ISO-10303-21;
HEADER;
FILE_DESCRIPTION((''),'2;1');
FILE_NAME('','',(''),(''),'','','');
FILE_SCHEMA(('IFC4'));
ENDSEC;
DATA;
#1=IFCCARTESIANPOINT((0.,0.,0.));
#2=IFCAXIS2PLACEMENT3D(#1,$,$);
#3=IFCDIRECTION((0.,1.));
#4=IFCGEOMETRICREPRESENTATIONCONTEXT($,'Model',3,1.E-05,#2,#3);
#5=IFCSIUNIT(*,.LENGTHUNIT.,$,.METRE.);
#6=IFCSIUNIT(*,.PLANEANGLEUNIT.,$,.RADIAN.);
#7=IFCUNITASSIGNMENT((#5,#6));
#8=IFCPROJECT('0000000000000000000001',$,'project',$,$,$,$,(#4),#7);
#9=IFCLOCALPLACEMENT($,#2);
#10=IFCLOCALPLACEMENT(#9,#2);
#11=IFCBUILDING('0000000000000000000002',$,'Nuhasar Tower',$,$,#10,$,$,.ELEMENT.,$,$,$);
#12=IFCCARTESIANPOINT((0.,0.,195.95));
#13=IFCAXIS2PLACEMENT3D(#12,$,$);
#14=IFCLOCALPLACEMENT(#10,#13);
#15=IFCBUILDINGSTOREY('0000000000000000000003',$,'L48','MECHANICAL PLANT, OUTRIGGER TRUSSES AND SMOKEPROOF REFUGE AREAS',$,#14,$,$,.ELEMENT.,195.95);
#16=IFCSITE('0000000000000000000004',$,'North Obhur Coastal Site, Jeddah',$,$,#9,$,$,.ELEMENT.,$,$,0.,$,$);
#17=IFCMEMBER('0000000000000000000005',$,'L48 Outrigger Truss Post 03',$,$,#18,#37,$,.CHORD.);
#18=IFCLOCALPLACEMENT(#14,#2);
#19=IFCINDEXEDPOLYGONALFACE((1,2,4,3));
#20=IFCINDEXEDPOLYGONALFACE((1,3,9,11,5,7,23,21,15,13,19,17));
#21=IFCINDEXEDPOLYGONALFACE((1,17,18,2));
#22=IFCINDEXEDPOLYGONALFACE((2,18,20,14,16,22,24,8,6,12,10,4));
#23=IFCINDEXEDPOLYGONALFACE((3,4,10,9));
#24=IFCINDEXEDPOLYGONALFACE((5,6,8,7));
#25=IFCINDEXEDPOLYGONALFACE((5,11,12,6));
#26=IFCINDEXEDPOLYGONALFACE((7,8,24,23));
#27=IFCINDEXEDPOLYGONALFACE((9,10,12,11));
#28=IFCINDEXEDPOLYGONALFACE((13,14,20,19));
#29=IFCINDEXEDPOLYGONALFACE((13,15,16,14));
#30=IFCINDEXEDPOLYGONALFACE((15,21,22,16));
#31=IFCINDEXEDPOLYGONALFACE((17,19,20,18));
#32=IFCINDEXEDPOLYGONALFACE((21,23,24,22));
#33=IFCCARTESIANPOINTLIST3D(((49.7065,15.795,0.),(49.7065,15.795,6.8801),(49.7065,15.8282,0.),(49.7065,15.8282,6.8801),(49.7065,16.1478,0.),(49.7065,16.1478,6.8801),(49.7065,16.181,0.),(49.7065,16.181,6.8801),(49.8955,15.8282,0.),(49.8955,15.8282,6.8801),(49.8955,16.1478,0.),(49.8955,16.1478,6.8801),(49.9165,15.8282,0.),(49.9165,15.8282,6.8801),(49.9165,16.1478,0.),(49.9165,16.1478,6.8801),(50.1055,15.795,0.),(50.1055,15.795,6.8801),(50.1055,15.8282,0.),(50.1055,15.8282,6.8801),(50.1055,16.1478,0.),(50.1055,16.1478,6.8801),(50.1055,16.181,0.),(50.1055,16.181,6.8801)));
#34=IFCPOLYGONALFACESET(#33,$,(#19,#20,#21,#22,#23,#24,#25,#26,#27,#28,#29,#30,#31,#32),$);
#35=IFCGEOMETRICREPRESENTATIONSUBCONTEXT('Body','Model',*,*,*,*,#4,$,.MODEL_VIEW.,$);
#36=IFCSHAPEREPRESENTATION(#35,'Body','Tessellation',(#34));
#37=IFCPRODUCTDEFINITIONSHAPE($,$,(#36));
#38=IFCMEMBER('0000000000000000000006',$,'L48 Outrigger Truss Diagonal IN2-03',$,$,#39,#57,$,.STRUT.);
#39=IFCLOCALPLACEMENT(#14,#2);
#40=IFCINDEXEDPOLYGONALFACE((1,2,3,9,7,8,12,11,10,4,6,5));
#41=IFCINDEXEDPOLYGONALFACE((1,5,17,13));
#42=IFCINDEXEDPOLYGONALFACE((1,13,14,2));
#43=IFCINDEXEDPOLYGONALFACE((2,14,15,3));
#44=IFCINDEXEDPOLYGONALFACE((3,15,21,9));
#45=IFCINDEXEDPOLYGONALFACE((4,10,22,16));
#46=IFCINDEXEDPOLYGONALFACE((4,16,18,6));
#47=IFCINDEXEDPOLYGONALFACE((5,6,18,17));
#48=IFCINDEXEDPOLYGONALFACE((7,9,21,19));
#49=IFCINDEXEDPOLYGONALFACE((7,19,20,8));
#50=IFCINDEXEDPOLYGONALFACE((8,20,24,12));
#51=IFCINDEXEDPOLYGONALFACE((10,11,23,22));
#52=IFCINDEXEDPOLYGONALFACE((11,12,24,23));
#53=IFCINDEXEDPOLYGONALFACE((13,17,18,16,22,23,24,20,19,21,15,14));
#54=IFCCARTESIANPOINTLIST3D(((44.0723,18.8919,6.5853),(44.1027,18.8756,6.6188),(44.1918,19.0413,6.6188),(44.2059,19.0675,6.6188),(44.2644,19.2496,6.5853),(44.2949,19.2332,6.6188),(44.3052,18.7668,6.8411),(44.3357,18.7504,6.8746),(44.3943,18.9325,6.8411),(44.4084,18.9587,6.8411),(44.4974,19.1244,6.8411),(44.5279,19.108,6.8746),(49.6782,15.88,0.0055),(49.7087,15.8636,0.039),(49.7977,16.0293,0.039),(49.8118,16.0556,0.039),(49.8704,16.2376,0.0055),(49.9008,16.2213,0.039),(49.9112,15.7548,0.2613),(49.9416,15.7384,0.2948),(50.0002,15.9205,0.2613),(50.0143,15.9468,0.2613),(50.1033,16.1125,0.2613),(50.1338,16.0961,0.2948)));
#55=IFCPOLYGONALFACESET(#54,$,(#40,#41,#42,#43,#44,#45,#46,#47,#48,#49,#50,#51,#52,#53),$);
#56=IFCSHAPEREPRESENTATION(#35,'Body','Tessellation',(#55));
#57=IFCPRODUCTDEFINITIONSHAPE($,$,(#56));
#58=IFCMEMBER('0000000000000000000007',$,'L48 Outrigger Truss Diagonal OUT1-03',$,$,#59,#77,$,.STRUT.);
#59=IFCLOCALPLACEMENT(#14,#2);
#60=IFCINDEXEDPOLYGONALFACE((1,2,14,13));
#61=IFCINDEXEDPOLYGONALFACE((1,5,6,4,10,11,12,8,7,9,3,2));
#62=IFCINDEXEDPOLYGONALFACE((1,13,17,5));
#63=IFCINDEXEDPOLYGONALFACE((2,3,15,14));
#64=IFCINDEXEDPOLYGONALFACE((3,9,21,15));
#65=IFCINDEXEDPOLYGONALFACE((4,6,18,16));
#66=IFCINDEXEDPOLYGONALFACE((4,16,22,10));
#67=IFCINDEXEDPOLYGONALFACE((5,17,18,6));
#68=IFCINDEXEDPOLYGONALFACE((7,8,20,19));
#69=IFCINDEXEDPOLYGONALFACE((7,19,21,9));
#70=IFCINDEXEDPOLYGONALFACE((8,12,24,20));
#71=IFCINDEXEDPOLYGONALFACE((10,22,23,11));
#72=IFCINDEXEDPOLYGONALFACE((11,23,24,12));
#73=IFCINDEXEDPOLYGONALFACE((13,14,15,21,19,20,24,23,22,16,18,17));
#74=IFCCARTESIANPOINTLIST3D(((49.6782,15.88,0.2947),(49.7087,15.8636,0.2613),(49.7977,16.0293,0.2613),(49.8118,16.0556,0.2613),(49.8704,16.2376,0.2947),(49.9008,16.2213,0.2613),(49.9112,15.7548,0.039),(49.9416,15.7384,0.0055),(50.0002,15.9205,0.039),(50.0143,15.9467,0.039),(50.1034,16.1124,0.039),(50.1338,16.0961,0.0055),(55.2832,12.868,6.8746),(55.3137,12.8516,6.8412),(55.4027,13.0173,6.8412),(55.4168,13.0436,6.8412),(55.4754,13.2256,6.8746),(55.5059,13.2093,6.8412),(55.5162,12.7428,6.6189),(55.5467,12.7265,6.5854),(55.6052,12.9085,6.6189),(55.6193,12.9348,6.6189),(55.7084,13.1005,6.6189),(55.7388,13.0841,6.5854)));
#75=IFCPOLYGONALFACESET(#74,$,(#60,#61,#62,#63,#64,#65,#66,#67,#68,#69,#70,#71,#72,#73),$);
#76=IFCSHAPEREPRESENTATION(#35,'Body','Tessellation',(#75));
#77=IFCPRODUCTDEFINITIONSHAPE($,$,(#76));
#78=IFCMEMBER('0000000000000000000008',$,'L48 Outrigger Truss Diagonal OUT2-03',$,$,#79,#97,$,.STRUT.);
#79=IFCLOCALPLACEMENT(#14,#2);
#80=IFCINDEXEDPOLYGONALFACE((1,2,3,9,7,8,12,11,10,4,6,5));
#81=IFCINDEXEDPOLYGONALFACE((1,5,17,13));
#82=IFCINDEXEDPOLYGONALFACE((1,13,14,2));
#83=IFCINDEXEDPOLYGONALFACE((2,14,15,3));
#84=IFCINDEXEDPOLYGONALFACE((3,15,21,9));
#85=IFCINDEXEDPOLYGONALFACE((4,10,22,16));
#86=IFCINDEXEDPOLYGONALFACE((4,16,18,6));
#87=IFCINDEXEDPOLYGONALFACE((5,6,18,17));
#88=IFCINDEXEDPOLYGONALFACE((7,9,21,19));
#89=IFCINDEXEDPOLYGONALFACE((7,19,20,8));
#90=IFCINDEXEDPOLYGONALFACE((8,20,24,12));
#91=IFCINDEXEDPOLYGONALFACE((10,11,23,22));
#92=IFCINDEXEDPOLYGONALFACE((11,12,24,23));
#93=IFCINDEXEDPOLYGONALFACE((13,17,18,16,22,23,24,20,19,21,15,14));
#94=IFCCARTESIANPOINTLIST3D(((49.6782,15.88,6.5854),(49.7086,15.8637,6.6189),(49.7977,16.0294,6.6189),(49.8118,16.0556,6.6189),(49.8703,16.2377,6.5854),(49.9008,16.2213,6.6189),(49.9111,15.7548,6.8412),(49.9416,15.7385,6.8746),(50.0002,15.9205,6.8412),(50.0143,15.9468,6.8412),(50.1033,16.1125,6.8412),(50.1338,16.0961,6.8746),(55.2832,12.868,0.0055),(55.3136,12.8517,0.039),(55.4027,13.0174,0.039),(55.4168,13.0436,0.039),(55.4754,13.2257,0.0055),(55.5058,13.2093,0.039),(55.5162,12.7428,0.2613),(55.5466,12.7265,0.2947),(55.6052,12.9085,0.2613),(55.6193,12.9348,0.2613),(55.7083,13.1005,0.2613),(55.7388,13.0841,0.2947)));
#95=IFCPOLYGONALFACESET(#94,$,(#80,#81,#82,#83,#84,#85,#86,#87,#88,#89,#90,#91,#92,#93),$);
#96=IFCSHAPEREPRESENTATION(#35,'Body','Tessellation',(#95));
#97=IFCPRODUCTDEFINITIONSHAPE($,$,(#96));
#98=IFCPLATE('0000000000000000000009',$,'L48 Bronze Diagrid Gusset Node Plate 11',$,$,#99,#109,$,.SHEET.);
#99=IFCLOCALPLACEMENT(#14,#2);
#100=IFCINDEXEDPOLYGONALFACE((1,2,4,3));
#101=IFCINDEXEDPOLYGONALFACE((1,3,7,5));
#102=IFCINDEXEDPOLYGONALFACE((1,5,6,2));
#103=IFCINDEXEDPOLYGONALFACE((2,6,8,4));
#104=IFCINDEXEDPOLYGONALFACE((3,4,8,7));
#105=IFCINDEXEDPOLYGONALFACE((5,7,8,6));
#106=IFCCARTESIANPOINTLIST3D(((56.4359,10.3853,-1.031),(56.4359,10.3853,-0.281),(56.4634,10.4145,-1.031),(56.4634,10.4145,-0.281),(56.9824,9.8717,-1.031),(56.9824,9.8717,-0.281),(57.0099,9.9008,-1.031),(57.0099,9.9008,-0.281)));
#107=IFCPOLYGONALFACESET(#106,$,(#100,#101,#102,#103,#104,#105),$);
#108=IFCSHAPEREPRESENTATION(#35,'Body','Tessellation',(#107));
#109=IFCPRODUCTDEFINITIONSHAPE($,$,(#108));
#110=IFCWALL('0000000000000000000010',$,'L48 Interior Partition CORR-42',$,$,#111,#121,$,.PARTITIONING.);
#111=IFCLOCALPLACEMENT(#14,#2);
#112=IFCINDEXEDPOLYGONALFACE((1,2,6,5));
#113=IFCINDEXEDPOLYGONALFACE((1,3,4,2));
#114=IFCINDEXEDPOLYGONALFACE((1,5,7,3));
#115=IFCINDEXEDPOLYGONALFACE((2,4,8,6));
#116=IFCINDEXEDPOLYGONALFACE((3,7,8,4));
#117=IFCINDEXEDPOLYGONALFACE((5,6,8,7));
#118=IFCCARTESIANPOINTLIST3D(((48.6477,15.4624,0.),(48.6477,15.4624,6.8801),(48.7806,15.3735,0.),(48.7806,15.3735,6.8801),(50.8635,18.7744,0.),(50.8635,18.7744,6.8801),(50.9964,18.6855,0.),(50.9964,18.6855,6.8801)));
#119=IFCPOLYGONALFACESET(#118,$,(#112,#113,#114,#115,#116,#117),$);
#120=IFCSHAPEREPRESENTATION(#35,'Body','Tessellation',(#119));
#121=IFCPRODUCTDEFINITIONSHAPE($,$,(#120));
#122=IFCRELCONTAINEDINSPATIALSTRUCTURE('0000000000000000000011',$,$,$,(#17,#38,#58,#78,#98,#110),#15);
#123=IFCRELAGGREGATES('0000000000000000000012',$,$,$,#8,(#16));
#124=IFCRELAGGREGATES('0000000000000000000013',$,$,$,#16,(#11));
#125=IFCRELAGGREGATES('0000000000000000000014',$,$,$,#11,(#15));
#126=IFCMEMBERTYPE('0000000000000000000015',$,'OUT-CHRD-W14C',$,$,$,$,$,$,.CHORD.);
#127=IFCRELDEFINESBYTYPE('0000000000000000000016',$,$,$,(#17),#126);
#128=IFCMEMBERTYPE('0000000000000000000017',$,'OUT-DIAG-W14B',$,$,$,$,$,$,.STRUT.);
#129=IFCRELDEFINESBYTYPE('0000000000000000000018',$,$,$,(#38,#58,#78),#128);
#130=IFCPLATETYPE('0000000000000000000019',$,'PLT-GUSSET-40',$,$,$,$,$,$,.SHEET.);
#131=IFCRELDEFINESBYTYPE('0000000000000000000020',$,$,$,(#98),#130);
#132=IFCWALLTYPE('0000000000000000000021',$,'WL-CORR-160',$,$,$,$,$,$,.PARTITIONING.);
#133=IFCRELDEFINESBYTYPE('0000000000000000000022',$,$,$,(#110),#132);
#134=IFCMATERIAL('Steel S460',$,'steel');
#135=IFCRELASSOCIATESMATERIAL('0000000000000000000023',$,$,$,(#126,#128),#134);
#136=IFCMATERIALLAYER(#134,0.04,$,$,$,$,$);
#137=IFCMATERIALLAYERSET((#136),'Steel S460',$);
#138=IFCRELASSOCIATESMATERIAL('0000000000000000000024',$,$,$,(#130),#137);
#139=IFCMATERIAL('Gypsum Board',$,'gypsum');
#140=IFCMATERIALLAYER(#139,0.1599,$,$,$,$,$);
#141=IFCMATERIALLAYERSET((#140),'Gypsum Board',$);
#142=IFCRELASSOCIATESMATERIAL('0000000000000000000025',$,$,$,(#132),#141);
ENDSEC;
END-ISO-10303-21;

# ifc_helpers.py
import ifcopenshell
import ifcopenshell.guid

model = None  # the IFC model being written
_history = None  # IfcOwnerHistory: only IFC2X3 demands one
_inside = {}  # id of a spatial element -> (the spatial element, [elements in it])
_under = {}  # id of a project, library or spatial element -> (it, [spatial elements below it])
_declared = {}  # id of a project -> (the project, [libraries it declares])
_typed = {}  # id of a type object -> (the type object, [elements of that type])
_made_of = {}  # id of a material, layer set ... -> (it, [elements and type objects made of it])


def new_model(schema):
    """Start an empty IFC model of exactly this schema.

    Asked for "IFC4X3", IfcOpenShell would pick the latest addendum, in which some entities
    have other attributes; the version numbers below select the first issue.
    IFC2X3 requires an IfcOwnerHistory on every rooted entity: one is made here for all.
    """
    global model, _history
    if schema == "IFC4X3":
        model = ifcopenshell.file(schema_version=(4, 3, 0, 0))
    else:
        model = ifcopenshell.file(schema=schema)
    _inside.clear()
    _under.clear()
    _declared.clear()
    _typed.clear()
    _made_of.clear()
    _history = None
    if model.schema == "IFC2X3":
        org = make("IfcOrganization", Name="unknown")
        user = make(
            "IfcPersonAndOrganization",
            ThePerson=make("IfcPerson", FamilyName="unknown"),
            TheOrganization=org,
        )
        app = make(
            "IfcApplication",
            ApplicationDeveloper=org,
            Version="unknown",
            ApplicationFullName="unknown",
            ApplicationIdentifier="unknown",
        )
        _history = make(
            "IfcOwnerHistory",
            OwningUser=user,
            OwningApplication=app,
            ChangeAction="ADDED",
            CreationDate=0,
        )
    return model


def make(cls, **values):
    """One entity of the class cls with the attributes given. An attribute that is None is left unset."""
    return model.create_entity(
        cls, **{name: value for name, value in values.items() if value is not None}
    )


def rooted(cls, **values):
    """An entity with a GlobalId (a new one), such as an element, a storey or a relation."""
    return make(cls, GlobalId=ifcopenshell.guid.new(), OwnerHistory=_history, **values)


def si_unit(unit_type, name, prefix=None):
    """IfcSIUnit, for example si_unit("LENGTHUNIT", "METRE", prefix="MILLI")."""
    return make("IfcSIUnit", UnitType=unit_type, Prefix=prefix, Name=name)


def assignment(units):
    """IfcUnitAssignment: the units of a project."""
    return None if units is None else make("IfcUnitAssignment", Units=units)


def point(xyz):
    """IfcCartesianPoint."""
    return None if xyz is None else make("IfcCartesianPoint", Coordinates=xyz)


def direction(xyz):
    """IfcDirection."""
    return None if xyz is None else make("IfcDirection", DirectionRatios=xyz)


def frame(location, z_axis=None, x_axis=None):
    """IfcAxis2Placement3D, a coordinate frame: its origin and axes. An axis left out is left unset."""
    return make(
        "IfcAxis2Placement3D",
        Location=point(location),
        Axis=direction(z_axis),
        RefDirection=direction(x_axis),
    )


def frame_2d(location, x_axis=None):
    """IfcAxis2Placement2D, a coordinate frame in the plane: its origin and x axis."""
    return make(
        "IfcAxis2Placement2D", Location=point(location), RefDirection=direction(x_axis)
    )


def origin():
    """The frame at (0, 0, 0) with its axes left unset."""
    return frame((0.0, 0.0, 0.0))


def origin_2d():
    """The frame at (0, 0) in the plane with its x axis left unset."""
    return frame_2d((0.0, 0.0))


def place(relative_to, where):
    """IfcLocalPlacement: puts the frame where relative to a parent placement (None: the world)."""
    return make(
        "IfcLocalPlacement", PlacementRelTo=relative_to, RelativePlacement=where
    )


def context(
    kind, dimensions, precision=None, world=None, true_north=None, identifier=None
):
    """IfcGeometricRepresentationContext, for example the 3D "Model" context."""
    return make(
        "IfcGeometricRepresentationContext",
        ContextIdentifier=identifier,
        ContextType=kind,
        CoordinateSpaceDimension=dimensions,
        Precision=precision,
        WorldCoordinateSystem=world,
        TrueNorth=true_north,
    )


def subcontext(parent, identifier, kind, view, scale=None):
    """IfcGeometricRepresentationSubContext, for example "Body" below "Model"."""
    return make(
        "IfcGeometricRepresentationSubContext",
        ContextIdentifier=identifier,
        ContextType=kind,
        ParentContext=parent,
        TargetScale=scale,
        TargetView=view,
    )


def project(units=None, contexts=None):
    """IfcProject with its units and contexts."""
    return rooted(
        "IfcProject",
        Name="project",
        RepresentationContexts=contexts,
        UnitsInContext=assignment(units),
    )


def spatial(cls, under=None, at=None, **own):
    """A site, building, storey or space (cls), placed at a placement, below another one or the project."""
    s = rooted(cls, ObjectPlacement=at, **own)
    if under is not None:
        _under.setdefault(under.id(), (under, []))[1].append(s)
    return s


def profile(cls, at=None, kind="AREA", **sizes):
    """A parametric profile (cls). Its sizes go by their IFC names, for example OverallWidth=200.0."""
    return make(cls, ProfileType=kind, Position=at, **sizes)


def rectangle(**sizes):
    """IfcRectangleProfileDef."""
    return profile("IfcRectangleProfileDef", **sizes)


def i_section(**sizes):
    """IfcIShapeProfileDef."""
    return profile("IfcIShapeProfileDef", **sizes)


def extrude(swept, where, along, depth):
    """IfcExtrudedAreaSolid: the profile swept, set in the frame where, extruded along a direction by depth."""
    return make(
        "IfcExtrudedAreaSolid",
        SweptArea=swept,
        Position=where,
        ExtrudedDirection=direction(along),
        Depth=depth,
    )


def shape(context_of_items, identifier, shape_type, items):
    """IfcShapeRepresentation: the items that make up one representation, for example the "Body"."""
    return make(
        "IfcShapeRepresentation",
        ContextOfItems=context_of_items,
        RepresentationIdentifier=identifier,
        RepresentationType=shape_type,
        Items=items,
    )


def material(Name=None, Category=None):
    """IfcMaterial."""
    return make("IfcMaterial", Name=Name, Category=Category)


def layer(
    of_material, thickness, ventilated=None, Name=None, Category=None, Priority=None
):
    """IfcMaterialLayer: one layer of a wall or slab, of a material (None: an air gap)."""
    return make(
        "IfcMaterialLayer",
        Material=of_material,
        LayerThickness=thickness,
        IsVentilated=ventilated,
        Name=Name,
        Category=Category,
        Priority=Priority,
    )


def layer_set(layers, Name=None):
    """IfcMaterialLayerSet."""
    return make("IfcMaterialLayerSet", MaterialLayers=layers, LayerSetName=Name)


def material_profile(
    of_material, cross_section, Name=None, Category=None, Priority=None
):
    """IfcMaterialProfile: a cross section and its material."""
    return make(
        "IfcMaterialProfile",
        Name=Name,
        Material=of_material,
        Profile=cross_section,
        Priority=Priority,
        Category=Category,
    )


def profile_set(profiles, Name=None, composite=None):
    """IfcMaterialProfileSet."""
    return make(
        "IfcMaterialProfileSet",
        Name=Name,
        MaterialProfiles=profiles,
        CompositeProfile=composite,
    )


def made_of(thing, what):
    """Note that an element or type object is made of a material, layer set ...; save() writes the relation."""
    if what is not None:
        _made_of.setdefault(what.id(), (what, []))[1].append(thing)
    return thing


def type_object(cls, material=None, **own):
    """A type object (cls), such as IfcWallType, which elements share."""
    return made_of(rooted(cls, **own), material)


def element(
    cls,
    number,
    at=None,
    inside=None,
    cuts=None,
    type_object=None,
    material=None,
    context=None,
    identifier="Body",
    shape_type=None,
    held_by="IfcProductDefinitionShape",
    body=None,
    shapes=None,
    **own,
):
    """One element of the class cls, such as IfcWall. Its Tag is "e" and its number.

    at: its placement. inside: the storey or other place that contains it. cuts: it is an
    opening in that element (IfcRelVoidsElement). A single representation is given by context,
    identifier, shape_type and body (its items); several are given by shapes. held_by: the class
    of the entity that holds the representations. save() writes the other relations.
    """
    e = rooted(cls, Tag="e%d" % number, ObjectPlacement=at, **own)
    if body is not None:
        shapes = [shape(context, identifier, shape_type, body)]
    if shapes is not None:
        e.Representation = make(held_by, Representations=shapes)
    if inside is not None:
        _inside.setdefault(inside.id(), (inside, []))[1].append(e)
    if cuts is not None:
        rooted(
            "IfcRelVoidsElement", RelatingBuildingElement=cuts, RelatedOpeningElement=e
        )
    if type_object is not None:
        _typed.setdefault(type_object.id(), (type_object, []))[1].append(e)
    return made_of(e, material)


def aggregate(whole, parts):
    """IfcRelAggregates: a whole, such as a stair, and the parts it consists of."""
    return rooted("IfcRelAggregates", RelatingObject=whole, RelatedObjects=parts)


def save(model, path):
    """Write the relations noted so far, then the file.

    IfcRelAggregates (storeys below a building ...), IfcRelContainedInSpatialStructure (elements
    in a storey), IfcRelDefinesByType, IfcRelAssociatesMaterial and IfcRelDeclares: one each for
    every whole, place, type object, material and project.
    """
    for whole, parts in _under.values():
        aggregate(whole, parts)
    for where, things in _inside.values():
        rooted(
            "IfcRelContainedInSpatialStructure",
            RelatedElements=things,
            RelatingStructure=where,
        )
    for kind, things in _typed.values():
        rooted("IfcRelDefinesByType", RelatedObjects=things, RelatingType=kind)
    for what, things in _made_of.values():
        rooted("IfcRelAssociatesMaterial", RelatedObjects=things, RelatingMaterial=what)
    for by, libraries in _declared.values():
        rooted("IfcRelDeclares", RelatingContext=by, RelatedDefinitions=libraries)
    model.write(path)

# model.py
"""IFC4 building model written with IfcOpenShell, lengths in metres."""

from ifc_helpers import new_model, si_unit, direction, frame, frame_2d, origin, origin_2d, place, context, subcontext, project, spatial, rectangle, i_section, extrude, material, layer, layer_set, material_profile, profile_set, type_object, element, save


model = new_model("IFC4")

# Units and contexts
model_context = context("Model", 3, precision=1e-05, world=origin(), true_north=direction((0.0, 1.0)))
body_context = subcontext(model_context, "Body", "Model", "MODEL_VIEW")
ifc_project = project(units=[si_unit("LENGTHUNIT", "METRE"), si_unit("PLANEANGLEUNIT", "RADIAN")], contexts=[model_context])

# Site, building, storey
site_placement = place(None, origin())
site = spatial("IfcSite", under=ifc_project, at=site_placement, Name="North Obhur Coastal Site, Jeddah", CompositionType="ELEMENT", RefElevation=0.0)
building_placement = place(site_placement, origin())
building = spatial("IfcBuilding", under=site, at=building_placement, Name="Nuhasar Tower", CompositionType="ELEMENT")
storey_placement = place(building_placement, frame((0.0, 0.0, 195.95)))
storey = spatial("IfcBuildingStorey", under=building, at=storey_placement, Name="L48", Description="MECHANICAL PLANT, OUTRIGGER TRUSSES AND SMOKEPROOF REFUGE AREAS", CompositionType="ELEMENT", Elevation=195.95)

# Shared definitions
ifc_material_1 = material(Name="Steel S460", Category="steel")

# Members
ifc_material_profile_1 = material_profile(ifc_material_1, i_section(OverallWidth=0.3989, OverallDepth=0.386, WebThickness=0.021, FlangeThickness=0.0332, at=origin_2d()), Name="W14X176")
ifc_profile_set_1 = profile_set([ifc_material_profile_1], Name="Steel S460")
member_type_1 = type_object("IfcMemberType", Name="OUT-CHRD-W14C", PredefinedType="CHORD", material=ifc_profile_set_1)
member_1_placement = place(storey_placement, frame((49.906, 15.988, 0.0), z_axis=(0.0, 0.0, 1.0), x_axis=(1.0, 0.0, 0.0)))
element("IfcMember", 1, at=member_1_placement, inside=storey, type_object=member_type_1, Name="L48 Outrigger Truss Post 03", PredefinedType="CHORD", context=body_context, shape_type="SweptSolid", body=[
    extrude(i_section(OverallWidth=0.3989, OverallDepth=0.386, WebThickness=0.021, FlangeThickness=0.0332, at=origin_2d()), origin(), (0.0, 0.0, 1.0), 6.8801),
])
ifc_material_profile_2 = material_profile(ifc_material_1, i_section(OverallWidth=0.406, OverallDepth=0.416, WebThickness=0.0298, FlangeThickness=0.0481, at=origin_2d()), Name="W14X257")
ifc_profile_set_2 = profile_set([ifc_material_profile_2], Name="Steel S460")
member_type_2 = type_object("IfcMemberType", Name="OUT-DIAG-W14B", PredefinedType="STRUT", material=ifc_profile_set_2)
member_2_placement = place(storey_placement, frame((49.906, 15.988, 0.1501), z_axis=(-0.612416, 0.329038, 0.718805), x_axis=(-0.473292, -0.880906, 0.0)))
element("IfcMember", 2, at=member_2_placement, inside=storey, type_object=member_type_2, Name="L48 Outrigger Truss Diagonal IN2-03", PredefinedType="STRUT", context=body_context, shape_type="SweptSolid", body=[
    extrude(i_section(OverallWidth=0.406, OverallDepth=0.416, WebThickness=0.0298, FlangeThickness=0.0481, at=origin_2d()), origin(), (0.0, 0.0, 1.0), 9.1538),
])
for number, where, z_axis, x_axis, name in (
    (3, (49.906, 15.988, 0.1501), (0.612349, -0.329059, 0.718852), (0.473356, 0.880871, 0.0), "L48 Outrigger Truss Diagonal OUT1-03"),
    (4, (55.511, 12.9761, 0.1501), (-0.612349, 0.329059, 0.718852), (-0.473356, -0.880871, 0.0), "L48 Outrigger Truss Diagonal OUT2-03"),
):
    element("IfcMember", number, at=place(storey_placement, frame(where, z_axis=z_axis, x_axis=x_axis)), inside=storey, type_object=member_type_2, Name=name, PredefinedType="STRUT", context=body_context, shape_type="SweptSolid", body=[
        extrude(i_section(OverallWidth=0.406, OverallDepth=0.416, WebThickness=0.0298, FlangeThickness=0.0481, at=origin_2d()), origin(), (0.0, 0.0, 1.0), 9.1533),
    ])

# Plate
ifc_layer_1 = layer(ifc_material_1, 0.04)
ifc_layer_set_1 = layer_set([ifc_layer_1], Name="Steel S460")
plate_type = type_object("IfcPlateType", Name="PLT-GUSSET-40", PredefinedType="SHEET", material=ifc_layer_set_1)
plate_placement = place(storey_placement, frame((56.7229, 10.1431, -1.031), z_axis=(0.0, 0.0, 1.0), x_axis=(0.728682, -0.684852, 0.0)))
element("IfcPlate", 5, at=plate_placement, inside=storey, type_object=plate_type, Name="L48 Bronze Diagrid Gusset Node Plate 11", PredefinedType="SHEET", context=body_context, shape_type="SweptSolid", body=[
    extrude(rectangle(XDim=0.75, YDim=0.04, at=origin_2d()), origin(), (0.0, 0.0, 1.0), 0.75),
])

# Wall
ifc_material_2 = material(Name="Gypsum Board", Category="gypsum")
ifc_layer_2 = layer(ifc_material_2, 0.1599)
ifc_layer_set_2 = layer_set([ifc_layer_2], Name="Gypsum Board")
wall_type = type_object("IfcWallType", Name="WL-CORR-160", PredefinedType="PARTITIONING", material=ifc_layer_set_2)
wall_placement = place(storey_placement, frame((48.7141, 15.418, 0.0), z_axis=(0.0, 0.0, 1.0), x_axis=(0.556057, 0.831144, 0.0)))
element("IfcWall", 6, at=wall_placement, inside=storey, type_object=wall_type, Name="L48 Interior Partition CORR-42", PredefinedType="PARTITIONING", context=body_context, shape_type="SweptSolid", body=[
    extrude(rectangle(XDim=3.9849, YDim=0.1599, at=frame_2d((1.9924, 0.0))), origin(), (0.0, 0.0, 1.0), 6.8801),
])

save(model, "model.ifc")
